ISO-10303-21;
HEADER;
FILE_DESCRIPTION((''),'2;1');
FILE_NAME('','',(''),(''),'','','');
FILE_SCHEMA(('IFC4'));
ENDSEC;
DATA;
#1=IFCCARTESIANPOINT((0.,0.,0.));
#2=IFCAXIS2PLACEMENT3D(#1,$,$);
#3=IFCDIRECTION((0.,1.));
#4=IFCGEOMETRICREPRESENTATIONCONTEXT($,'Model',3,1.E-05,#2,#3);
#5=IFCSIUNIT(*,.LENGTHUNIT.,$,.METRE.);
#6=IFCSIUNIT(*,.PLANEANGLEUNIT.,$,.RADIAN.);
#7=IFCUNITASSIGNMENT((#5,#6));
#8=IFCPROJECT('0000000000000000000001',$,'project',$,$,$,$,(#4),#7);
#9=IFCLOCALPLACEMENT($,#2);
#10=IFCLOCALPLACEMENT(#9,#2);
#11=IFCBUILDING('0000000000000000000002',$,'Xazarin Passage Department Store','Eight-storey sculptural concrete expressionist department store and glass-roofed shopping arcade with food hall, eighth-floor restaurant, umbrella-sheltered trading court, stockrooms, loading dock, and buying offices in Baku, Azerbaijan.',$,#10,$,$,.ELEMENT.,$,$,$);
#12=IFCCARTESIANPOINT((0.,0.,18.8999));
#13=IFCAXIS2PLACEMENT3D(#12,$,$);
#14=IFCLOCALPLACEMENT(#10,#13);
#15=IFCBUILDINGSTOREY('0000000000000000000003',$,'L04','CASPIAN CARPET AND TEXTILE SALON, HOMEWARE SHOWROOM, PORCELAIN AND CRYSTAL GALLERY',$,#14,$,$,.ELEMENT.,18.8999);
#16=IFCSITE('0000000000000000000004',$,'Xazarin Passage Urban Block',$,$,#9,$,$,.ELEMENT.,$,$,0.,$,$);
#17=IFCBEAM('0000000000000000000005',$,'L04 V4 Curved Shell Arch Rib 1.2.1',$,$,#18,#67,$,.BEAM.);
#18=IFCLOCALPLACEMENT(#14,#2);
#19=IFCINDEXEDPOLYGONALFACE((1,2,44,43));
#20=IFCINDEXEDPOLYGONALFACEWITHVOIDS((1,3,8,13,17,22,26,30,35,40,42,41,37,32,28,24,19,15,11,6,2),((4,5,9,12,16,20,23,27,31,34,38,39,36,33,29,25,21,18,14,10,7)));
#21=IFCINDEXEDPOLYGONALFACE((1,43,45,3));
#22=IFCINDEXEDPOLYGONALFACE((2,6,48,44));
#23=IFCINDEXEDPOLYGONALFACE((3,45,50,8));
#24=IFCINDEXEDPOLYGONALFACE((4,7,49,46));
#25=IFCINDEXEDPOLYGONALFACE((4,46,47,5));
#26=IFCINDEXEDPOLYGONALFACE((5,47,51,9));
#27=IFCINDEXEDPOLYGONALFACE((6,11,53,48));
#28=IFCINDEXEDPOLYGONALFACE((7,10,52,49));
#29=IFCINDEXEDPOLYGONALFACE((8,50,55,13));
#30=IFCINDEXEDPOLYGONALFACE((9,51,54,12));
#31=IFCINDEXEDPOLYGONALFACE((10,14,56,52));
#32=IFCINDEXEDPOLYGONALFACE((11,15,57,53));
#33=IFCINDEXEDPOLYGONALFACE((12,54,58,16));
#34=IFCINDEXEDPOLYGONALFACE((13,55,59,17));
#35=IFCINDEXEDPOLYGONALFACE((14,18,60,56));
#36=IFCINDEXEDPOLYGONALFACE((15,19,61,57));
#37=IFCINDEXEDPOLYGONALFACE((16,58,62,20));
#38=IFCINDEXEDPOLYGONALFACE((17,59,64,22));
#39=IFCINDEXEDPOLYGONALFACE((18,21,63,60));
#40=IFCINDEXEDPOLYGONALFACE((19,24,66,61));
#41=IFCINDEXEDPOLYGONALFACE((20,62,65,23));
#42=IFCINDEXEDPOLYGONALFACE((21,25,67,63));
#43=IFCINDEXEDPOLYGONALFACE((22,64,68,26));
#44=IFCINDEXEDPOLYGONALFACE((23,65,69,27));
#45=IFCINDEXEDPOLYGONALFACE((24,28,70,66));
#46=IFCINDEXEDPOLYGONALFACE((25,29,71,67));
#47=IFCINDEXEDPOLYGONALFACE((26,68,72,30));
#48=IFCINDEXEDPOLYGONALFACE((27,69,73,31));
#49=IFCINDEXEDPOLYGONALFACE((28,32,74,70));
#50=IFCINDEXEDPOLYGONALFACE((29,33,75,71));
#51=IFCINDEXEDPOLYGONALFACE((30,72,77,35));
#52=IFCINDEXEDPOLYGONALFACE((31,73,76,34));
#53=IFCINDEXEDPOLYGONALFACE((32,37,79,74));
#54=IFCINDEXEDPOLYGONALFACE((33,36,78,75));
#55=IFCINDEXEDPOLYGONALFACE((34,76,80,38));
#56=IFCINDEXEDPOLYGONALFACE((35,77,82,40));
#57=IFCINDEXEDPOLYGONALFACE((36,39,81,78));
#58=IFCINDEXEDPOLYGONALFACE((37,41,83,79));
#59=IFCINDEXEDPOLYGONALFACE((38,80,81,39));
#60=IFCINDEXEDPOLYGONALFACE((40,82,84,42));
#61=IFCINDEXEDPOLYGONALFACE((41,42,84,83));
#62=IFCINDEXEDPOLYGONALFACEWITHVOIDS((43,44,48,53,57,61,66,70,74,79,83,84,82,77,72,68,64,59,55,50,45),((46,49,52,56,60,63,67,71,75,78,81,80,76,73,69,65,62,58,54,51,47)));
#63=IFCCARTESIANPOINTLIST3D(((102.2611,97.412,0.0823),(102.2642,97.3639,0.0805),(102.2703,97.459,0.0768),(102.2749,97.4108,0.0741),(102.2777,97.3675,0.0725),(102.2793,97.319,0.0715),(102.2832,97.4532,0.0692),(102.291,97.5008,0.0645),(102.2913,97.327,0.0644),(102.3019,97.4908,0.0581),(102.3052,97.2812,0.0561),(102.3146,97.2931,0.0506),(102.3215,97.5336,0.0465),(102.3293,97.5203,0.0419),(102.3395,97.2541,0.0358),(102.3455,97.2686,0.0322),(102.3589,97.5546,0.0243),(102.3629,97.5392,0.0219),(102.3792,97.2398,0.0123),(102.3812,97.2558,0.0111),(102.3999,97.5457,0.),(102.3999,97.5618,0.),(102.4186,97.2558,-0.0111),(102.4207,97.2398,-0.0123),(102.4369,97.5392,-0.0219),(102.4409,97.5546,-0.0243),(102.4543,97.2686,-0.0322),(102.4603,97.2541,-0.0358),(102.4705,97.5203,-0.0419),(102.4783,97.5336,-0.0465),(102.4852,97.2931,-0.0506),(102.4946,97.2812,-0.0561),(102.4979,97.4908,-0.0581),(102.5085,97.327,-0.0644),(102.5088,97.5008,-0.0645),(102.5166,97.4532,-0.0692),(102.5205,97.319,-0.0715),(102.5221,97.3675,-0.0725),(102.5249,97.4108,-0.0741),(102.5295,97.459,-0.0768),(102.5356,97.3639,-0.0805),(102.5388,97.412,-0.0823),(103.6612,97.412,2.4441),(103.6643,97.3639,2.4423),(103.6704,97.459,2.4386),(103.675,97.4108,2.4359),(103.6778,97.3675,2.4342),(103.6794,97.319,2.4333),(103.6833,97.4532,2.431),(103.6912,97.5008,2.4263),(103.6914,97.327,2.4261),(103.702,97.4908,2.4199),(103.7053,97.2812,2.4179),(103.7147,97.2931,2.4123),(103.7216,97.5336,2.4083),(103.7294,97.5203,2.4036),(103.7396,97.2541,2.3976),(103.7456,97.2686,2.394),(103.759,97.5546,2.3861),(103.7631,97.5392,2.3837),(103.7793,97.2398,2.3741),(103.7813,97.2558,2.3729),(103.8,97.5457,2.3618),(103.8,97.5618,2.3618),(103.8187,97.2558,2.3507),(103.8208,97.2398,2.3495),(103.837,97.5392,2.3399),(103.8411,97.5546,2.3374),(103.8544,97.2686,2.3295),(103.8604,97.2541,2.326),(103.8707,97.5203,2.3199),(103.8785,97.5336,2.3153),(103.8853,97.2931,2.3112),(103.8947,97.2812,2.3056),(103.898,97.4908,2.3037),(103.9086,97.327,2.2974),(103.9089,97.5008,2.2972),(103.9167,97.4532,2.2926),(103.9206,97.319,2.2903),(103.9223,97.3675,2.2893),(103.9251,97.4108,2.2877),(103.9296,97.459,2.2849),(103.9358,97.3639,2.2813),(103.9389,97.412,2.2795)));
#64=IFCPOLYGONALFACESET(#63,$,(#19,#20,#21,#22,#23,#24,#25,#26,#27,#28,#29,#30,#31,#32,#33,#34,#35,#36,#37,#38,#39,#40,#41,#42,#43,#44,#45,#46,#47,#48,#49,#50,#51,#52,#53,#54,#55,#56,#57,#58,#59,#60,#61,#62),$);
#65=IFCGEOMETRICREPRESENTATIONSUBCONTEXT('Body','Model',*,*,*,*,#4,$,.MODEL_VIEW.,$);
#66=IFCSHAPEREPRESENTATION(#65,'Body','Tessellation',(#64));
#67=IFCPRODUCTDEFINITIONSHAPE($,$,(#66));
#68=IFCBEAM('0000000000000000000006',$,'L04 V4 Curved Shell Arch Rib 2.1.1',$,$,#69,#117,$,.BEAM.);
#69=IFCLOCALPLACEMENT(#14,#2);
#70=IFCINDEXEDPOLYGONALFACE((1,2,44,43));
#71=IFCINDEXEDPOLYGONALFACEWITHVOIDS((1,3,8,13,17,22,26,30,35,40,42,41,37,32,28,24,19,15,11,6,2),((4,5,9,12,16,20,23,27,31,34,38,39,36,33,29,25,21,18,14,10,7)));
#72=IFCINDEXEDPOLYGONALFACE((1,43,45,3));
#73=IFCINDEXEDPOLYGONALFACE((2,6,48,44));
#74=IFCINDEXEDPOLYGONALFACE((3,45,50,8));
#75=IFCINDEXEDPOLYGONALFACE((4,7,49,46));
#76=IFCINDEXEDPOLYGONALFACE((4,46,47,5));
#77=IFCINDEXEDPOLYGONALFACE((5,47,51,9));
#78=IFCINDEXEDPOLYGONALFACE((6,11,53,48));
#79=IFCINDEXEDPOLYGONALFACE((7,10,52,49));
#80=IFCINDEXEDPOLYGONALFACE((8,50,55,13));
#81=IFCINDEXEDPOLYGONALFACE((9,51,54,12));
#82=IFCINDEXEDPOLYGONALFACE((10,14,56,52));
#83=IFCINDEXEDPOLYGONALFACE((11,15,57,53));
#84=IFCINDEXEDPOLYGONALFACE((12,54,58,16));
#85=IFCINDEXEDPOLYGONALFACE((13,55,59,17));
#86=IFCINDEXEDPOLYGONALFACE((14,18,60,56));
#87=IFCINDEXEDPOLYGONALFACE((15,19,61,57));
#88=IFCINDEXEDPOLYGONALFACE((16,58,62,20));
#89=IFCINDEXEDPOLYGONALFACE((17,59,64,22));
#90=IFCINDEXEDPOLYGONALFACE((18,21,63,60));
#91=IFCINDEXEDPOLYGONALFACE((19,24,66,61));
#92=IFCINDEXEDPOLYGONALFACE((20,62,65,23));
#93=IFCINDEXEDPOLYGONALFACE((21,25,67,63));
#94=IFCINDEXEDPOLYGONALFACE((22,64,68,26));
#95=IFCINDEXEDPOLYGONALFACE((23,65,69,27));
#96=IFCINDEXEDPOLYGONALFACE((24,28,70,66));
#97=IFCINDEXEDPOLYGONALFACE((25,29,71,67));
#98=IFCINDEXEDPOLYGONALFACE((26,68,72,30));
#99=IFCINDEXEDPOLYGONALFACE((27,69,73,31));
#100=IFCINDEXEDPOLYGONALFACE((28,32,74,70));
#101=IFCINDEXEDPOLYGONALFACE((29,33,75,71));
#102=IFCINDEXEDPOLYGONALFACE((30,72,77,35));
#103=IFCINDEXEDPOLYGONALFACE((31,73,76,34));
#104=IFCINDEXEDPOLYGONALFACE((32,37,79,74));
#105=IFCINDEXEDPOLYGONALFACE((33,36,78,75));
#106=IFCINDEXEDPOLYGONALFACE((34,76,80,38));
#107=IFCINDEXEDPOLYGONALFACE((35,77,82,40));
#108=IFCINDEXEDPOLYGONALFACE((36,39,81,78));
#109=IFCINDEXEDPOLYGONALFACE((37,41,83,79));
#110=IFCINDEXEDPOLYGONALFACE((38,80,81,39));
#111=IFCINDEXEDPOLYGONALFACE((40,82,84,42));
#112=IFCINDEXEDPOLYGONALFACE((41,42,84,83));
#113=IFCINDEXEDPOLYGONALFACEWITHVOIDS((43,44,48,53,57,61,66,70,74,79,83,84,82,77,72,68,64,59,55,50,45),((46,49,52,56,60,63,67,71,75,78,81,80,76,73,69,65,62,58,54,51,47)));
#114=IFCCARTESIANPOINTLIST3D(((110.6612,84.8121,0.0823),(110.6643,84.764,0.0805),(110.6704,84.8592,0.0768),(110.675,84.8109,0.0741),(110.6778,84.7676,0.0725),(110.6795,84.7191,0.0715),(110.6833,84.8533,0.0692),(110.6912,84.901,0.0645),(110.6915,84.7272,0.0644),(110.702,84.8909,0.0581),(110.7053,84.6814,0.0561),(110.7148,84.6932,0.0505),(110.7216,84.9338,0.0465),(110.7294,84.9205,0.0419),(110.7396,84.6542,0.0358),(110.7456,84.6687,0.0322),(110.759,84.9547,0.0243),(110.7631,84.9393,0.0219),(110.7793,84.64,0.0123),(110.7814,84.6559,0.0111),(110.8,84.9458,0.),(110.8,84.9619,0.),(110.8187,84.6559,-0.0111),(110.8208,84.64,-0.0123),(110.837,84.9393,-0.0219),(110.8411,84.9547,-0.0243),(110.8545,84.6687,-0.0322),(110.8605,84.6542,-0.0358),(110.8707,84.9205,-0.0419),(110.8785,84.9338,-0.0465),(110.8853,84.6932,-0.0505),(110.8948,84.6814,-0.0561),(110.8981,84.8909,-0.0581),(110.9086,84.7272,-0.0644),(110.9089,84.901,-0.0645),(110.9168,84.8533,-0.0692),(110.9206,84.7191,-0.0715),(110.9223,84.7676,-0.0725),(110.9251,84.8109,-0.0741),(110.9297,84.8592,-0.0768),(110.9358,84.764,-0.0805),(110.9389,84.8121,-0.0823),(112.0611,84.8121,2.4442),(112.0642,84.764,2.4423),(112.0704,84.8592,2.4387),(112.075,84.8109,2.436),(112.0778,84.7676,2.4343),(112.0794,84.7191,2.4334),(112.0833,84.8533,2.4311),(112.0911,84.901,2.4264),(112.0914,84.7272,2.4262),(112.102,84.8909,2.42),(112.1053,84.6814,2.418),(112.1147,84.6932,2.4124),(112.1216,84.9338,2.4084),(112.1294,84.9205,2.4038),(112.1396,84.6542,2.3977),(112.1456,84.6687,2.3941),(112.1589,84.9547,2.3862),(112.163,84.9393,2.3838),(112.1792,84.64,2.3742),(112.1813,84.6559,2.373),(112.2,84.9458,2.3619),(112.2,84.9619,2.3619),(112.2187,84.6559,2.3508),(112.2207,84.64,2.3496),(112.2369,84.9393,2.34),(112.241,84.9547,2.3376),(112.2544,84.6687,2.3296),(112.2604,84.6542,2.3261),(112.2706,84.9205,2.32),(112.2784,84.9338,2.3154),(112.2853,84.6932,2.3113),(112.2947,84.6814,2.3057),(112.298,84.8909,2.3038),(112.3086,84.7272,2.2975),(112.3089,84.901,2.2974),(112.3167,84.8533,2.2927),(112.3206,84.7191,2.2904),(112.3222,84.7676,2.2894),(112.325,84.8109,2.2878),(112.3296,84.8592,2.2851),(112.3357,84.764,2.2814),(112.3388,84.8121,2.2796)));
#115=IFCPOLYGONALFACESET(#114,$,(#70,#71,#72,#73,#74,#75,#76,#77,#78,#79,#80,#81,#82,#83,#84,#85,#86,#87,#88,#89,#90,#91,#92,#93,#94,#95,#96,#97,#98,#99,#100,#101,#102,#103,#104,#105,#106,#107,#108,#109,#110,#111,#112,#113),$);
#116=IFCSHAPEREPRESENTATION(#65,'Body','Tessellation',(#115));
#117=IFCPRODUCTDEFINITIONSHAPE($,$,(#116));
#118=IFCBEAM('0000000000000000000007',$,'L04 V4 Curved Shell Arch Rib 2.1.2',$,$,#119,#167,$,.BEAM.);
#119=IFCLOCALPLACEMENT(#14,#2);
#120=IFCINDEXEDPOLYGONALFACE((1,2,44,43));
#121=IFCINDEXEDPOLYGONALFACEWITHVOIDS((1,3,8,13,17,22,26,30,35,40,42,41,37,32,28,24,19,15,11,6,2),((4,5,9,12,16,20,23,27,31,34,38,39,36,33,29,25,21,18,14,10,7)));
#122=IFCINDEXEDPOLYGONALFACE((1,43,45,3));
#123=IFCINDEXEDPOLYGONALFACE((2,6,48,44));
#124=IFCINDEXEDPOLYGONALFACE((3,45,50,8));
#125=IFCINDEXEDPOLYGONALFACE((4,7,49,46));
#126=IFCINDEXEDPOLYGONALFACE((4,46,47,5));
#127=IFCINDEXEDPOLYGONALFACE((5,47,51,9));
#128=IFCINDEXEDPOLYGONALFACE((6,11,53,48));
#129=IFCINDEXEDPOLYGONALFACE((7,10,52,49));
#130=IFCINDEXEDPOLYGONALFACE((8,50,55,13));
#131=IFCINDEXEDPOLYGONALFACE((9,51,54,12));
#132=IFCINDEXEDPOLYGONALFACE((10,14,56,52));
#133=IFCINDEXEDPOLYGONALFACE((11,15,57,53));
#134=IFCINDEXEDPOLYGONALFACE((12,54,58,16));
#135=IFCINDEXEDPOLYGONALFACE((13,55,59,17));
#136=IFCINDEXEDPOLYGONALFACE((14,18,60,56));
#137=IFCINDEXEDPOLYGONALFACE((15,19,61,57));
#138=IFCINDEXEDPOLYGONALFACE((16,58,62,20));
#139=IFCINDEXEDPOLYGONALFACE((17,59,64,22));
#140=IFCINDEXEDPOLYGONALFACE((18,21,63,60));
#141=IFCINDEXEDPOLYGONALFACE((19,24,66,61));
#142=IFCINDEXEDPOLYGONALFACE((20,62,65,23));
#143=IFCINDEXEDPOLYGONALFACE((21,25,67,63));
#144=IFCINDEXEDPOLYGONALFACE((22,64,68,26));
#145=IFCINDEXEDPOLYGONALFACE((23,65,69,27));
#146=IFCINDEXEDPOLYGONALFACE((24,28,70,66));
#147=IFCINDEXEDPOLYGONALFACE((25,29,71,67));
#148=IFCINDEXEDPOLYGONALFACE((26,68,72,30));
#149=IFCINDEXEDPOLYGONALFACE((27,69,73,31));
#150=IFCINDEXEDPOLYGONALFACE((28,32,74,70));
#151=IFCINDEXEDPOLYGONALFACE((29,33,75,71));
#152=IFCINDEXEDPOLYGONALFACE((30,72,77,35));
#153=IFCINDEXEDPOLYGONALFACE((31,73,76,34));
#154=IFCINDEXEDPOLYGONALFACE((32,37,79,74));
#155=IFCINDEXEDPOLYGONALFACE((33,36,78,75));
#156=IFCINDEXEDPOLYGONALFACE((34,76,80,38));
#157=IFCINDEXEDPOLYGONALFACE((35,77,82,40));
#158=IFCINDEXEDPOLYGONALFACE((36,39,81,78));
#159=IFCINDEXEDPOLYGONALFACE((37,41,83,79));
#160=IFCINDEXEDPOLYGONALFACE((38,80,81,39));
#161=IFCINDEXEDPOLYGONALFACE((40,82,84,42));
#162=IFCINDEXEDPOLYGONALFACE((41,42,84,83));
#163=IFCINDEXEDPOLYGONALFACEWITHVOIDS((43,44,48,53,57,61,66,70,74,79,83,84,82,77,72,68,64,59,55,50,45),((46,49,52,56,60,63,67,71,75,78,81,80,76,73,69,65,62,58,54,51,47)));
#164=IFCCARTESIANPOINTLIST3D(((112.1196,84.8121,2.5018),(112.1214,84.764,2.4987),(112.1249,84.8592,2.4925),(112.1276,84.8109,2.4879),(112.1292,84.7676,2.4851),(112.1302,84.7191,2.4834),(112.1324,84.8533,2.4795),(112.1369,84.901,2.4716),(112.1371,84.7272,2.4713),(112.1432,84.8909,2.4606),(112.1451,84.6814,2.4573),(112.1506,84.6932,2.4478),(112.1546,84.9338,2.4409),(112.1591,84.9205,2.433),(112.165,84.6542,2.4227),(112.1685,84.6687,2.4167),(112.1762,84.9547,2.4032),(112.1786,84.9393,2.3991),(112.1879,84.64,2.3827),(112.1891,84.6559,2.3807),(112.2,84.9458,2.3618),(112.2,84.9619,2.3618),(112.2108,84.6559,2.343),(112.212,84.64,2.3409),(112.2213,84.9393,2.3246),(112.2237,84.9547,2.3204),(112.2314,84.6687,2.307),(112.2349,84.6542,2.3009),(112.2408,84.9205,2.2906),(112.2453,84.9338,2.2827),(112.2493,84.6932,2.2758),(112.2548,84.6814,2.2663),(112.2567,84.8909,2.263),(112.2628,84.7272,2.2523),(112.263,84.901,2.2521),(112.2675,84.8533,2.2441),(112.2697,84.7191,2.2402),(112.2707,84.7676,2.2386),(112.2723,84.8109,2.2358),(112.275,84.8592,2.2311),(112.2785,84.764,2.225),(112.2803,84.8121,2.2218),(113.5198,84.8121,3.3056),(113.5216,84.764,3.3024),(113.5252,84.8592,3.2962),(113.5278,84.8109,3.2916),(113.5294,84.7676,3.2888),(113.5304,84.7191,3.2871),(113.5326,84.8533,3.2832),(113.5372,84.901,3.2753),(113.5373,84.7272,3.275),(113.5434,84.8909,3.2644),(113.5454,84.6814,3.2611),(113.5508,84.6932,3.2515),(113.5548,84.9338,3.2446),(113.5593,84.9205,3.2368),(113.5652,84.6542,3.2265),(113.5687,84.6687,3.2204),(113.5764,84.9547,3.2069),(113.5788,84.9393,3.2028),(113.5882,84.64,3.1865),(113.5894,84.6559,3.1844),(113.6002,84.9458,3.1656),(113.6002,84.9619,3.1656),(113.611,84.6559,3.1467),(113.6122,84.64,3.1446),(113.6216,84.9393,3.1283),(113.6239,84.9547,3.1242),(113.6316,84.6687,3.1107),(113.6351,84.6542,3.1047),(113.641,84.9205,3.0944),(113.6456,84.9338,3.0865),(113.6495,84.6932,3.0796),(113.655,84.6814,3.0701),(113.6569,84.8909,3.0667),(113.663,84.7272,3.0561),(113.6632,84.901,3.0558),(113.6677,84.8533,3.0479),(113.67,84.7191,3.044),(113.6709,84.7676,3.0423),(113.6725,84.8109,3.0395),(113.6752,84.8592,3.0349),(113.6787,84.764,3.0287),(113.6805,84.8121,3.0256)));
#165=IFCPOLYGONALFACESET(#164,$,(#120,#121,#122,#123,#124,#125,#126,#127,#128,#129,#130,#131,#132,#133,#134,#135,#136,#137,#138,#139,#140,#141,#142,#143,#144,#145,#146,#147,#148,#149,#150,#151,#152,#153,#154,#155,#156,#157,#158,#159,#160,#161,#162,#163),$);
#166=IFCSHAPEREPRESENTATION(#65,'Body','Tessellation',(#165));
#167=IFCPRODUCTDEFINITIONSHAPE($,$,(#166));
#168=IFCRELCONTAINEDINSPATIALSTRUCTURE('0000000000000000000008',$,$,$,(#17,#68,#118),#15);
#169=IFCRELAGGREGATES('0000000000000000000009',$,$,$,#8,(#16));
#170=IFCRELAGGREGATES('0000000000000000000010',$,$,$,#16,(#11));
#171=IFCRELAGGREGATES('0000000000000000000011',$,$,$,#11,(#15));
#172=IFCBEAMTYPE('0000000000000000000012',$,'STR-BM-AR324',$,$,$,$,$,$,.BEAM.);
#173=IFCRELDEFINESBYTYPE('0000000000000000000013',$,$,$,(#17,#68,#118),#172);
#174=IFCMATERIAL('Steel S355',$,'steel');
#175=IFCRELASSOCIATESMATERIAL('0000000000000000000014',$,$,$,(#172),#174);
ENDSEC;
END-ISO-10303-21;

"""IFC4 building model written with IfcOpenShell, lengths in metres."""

from ifc_helpers import new_model, si_unit, direction, frame, origin, origin_2d, place, context, subcontext, project, spatial, hollow_circle, extrude, material, material_profile, profile_set, type_object, element, save


model = new_model("IFC4")

# Units and contexts
model_context = context("Model", 3, precision=1e-05, world=origin(), true_north=direction((0.0, 1.0)))
body_context = subcontext(model_context, "Body", "Model", "MODEL_VIEW")
ifc_project = project(units=[si_unit("LENGTHUNIT", "METRE"), si_unit("PLANEANGLEUNIT", "RADIAN")], contexts=[model_context])

# Site, building, storey
site_placement = place(None, origin())
site = spatial("IfcSite", under=ifc_project, at=site_placement, Name="Xazarin Passage Urban Block", CompositionType="ELEMENT", RefElevation=0.0)
building_placement = place(site_placement, origin())
building = spatial("IfcBuilding", under=site, at=building_placement, Name="Xazarin Passage Department Store", Description="Eight-storey sculptural concrete expressionist department store and glass-roofed shopping arcade with food hall, eighth-floor restaurant, umbrella-sheltered trading court, stockrooms, loading dock, and buying offices in Baku, Azerbaijan.", CompositionType="ELEMENT")
storey_placement = place(building_placement, frame((0.0, 0.0, 18.8999)))
storey = spatial("IfcBuildingStorey", under=building, at=storey_placement, Name="L04", Description="CASPIAN CARPET AND TEXTILE SALON, HOMEWARE SHOWROOM, PORCELAIN AND CRYSTAL GALLERY", CompositionType="ELEMENT", Elevation=18.8999)

# Beams
ifc_material_1 = material(Name="Steel S355", Category="steel")
ifc_material_profile_1 = material_profile(ifc_material_1, hollow_circle(Radius=0.1619, WallThickness=0.0161, at=origin_2d()), Name="CHS 323.9x16")
ifc_profile_set_1 = profile_set([ifc_material_profile_1], Name="Steel S355")
beam_type_1 = type_object("IfcBeamType", Name="STR-BM-AR324", PredefinedType="BEAM", material=ifc_profile_set_1)
for number, where, z_axis, x_axis, name in (
    (1, (102.3999, 97.3999, 0.0), (0.509951, 0.0, 0.860203), (0.0, 1.0, 0.0), "L04 V4 Curved Shell Arch Rib 1.2.1"),
    (2, (110.8, 84.8, 0.0), (0.509885, 0.0, 0.860242), (0.0, 1.0, 0.0), "L04 V4 Curved Shell Arch Rib 2.1.1"),
):
    element("IfcBeam", number, at=place(storey_placement, frame(where, z_axis=z_axis, x_axis=x_axis)), inside=storey, type_object=beam_type_1, Name=name, PredefinedType="BEAM", context=body_context, shape_type="SweptSolid", body=[
        extrude(hollow_circle(Radius=0.1619, WallThickness=0.0161, at=origin_2d()), origin(), (0.0, 0.0, 1.0), 2.7456),
    ])
beam_1_placement = place(storey_placement, frame((112.2, 84.8, 2.3618), z_axis=(0.867274, 0.0, 0.497832), x_axis=(0.0, 1.0, 0.0)))
element("IfcBeam", 3, at=beam_1_placement, inside=storey, type_object=beam_type_1, Name="L04 V4 Curved Shell Arch Rib 2.1.2", PredefinedType="BEAM", context=body_context, shape_type="SweptSolid", body=[
    extrude(hollow_circle(Radius=0.1619, WallThickness=0.0161, at=origin_2d()), origin(), (0.0, 0.0, 1.0), 1.6145),
])

save(model, "model.ifc")
